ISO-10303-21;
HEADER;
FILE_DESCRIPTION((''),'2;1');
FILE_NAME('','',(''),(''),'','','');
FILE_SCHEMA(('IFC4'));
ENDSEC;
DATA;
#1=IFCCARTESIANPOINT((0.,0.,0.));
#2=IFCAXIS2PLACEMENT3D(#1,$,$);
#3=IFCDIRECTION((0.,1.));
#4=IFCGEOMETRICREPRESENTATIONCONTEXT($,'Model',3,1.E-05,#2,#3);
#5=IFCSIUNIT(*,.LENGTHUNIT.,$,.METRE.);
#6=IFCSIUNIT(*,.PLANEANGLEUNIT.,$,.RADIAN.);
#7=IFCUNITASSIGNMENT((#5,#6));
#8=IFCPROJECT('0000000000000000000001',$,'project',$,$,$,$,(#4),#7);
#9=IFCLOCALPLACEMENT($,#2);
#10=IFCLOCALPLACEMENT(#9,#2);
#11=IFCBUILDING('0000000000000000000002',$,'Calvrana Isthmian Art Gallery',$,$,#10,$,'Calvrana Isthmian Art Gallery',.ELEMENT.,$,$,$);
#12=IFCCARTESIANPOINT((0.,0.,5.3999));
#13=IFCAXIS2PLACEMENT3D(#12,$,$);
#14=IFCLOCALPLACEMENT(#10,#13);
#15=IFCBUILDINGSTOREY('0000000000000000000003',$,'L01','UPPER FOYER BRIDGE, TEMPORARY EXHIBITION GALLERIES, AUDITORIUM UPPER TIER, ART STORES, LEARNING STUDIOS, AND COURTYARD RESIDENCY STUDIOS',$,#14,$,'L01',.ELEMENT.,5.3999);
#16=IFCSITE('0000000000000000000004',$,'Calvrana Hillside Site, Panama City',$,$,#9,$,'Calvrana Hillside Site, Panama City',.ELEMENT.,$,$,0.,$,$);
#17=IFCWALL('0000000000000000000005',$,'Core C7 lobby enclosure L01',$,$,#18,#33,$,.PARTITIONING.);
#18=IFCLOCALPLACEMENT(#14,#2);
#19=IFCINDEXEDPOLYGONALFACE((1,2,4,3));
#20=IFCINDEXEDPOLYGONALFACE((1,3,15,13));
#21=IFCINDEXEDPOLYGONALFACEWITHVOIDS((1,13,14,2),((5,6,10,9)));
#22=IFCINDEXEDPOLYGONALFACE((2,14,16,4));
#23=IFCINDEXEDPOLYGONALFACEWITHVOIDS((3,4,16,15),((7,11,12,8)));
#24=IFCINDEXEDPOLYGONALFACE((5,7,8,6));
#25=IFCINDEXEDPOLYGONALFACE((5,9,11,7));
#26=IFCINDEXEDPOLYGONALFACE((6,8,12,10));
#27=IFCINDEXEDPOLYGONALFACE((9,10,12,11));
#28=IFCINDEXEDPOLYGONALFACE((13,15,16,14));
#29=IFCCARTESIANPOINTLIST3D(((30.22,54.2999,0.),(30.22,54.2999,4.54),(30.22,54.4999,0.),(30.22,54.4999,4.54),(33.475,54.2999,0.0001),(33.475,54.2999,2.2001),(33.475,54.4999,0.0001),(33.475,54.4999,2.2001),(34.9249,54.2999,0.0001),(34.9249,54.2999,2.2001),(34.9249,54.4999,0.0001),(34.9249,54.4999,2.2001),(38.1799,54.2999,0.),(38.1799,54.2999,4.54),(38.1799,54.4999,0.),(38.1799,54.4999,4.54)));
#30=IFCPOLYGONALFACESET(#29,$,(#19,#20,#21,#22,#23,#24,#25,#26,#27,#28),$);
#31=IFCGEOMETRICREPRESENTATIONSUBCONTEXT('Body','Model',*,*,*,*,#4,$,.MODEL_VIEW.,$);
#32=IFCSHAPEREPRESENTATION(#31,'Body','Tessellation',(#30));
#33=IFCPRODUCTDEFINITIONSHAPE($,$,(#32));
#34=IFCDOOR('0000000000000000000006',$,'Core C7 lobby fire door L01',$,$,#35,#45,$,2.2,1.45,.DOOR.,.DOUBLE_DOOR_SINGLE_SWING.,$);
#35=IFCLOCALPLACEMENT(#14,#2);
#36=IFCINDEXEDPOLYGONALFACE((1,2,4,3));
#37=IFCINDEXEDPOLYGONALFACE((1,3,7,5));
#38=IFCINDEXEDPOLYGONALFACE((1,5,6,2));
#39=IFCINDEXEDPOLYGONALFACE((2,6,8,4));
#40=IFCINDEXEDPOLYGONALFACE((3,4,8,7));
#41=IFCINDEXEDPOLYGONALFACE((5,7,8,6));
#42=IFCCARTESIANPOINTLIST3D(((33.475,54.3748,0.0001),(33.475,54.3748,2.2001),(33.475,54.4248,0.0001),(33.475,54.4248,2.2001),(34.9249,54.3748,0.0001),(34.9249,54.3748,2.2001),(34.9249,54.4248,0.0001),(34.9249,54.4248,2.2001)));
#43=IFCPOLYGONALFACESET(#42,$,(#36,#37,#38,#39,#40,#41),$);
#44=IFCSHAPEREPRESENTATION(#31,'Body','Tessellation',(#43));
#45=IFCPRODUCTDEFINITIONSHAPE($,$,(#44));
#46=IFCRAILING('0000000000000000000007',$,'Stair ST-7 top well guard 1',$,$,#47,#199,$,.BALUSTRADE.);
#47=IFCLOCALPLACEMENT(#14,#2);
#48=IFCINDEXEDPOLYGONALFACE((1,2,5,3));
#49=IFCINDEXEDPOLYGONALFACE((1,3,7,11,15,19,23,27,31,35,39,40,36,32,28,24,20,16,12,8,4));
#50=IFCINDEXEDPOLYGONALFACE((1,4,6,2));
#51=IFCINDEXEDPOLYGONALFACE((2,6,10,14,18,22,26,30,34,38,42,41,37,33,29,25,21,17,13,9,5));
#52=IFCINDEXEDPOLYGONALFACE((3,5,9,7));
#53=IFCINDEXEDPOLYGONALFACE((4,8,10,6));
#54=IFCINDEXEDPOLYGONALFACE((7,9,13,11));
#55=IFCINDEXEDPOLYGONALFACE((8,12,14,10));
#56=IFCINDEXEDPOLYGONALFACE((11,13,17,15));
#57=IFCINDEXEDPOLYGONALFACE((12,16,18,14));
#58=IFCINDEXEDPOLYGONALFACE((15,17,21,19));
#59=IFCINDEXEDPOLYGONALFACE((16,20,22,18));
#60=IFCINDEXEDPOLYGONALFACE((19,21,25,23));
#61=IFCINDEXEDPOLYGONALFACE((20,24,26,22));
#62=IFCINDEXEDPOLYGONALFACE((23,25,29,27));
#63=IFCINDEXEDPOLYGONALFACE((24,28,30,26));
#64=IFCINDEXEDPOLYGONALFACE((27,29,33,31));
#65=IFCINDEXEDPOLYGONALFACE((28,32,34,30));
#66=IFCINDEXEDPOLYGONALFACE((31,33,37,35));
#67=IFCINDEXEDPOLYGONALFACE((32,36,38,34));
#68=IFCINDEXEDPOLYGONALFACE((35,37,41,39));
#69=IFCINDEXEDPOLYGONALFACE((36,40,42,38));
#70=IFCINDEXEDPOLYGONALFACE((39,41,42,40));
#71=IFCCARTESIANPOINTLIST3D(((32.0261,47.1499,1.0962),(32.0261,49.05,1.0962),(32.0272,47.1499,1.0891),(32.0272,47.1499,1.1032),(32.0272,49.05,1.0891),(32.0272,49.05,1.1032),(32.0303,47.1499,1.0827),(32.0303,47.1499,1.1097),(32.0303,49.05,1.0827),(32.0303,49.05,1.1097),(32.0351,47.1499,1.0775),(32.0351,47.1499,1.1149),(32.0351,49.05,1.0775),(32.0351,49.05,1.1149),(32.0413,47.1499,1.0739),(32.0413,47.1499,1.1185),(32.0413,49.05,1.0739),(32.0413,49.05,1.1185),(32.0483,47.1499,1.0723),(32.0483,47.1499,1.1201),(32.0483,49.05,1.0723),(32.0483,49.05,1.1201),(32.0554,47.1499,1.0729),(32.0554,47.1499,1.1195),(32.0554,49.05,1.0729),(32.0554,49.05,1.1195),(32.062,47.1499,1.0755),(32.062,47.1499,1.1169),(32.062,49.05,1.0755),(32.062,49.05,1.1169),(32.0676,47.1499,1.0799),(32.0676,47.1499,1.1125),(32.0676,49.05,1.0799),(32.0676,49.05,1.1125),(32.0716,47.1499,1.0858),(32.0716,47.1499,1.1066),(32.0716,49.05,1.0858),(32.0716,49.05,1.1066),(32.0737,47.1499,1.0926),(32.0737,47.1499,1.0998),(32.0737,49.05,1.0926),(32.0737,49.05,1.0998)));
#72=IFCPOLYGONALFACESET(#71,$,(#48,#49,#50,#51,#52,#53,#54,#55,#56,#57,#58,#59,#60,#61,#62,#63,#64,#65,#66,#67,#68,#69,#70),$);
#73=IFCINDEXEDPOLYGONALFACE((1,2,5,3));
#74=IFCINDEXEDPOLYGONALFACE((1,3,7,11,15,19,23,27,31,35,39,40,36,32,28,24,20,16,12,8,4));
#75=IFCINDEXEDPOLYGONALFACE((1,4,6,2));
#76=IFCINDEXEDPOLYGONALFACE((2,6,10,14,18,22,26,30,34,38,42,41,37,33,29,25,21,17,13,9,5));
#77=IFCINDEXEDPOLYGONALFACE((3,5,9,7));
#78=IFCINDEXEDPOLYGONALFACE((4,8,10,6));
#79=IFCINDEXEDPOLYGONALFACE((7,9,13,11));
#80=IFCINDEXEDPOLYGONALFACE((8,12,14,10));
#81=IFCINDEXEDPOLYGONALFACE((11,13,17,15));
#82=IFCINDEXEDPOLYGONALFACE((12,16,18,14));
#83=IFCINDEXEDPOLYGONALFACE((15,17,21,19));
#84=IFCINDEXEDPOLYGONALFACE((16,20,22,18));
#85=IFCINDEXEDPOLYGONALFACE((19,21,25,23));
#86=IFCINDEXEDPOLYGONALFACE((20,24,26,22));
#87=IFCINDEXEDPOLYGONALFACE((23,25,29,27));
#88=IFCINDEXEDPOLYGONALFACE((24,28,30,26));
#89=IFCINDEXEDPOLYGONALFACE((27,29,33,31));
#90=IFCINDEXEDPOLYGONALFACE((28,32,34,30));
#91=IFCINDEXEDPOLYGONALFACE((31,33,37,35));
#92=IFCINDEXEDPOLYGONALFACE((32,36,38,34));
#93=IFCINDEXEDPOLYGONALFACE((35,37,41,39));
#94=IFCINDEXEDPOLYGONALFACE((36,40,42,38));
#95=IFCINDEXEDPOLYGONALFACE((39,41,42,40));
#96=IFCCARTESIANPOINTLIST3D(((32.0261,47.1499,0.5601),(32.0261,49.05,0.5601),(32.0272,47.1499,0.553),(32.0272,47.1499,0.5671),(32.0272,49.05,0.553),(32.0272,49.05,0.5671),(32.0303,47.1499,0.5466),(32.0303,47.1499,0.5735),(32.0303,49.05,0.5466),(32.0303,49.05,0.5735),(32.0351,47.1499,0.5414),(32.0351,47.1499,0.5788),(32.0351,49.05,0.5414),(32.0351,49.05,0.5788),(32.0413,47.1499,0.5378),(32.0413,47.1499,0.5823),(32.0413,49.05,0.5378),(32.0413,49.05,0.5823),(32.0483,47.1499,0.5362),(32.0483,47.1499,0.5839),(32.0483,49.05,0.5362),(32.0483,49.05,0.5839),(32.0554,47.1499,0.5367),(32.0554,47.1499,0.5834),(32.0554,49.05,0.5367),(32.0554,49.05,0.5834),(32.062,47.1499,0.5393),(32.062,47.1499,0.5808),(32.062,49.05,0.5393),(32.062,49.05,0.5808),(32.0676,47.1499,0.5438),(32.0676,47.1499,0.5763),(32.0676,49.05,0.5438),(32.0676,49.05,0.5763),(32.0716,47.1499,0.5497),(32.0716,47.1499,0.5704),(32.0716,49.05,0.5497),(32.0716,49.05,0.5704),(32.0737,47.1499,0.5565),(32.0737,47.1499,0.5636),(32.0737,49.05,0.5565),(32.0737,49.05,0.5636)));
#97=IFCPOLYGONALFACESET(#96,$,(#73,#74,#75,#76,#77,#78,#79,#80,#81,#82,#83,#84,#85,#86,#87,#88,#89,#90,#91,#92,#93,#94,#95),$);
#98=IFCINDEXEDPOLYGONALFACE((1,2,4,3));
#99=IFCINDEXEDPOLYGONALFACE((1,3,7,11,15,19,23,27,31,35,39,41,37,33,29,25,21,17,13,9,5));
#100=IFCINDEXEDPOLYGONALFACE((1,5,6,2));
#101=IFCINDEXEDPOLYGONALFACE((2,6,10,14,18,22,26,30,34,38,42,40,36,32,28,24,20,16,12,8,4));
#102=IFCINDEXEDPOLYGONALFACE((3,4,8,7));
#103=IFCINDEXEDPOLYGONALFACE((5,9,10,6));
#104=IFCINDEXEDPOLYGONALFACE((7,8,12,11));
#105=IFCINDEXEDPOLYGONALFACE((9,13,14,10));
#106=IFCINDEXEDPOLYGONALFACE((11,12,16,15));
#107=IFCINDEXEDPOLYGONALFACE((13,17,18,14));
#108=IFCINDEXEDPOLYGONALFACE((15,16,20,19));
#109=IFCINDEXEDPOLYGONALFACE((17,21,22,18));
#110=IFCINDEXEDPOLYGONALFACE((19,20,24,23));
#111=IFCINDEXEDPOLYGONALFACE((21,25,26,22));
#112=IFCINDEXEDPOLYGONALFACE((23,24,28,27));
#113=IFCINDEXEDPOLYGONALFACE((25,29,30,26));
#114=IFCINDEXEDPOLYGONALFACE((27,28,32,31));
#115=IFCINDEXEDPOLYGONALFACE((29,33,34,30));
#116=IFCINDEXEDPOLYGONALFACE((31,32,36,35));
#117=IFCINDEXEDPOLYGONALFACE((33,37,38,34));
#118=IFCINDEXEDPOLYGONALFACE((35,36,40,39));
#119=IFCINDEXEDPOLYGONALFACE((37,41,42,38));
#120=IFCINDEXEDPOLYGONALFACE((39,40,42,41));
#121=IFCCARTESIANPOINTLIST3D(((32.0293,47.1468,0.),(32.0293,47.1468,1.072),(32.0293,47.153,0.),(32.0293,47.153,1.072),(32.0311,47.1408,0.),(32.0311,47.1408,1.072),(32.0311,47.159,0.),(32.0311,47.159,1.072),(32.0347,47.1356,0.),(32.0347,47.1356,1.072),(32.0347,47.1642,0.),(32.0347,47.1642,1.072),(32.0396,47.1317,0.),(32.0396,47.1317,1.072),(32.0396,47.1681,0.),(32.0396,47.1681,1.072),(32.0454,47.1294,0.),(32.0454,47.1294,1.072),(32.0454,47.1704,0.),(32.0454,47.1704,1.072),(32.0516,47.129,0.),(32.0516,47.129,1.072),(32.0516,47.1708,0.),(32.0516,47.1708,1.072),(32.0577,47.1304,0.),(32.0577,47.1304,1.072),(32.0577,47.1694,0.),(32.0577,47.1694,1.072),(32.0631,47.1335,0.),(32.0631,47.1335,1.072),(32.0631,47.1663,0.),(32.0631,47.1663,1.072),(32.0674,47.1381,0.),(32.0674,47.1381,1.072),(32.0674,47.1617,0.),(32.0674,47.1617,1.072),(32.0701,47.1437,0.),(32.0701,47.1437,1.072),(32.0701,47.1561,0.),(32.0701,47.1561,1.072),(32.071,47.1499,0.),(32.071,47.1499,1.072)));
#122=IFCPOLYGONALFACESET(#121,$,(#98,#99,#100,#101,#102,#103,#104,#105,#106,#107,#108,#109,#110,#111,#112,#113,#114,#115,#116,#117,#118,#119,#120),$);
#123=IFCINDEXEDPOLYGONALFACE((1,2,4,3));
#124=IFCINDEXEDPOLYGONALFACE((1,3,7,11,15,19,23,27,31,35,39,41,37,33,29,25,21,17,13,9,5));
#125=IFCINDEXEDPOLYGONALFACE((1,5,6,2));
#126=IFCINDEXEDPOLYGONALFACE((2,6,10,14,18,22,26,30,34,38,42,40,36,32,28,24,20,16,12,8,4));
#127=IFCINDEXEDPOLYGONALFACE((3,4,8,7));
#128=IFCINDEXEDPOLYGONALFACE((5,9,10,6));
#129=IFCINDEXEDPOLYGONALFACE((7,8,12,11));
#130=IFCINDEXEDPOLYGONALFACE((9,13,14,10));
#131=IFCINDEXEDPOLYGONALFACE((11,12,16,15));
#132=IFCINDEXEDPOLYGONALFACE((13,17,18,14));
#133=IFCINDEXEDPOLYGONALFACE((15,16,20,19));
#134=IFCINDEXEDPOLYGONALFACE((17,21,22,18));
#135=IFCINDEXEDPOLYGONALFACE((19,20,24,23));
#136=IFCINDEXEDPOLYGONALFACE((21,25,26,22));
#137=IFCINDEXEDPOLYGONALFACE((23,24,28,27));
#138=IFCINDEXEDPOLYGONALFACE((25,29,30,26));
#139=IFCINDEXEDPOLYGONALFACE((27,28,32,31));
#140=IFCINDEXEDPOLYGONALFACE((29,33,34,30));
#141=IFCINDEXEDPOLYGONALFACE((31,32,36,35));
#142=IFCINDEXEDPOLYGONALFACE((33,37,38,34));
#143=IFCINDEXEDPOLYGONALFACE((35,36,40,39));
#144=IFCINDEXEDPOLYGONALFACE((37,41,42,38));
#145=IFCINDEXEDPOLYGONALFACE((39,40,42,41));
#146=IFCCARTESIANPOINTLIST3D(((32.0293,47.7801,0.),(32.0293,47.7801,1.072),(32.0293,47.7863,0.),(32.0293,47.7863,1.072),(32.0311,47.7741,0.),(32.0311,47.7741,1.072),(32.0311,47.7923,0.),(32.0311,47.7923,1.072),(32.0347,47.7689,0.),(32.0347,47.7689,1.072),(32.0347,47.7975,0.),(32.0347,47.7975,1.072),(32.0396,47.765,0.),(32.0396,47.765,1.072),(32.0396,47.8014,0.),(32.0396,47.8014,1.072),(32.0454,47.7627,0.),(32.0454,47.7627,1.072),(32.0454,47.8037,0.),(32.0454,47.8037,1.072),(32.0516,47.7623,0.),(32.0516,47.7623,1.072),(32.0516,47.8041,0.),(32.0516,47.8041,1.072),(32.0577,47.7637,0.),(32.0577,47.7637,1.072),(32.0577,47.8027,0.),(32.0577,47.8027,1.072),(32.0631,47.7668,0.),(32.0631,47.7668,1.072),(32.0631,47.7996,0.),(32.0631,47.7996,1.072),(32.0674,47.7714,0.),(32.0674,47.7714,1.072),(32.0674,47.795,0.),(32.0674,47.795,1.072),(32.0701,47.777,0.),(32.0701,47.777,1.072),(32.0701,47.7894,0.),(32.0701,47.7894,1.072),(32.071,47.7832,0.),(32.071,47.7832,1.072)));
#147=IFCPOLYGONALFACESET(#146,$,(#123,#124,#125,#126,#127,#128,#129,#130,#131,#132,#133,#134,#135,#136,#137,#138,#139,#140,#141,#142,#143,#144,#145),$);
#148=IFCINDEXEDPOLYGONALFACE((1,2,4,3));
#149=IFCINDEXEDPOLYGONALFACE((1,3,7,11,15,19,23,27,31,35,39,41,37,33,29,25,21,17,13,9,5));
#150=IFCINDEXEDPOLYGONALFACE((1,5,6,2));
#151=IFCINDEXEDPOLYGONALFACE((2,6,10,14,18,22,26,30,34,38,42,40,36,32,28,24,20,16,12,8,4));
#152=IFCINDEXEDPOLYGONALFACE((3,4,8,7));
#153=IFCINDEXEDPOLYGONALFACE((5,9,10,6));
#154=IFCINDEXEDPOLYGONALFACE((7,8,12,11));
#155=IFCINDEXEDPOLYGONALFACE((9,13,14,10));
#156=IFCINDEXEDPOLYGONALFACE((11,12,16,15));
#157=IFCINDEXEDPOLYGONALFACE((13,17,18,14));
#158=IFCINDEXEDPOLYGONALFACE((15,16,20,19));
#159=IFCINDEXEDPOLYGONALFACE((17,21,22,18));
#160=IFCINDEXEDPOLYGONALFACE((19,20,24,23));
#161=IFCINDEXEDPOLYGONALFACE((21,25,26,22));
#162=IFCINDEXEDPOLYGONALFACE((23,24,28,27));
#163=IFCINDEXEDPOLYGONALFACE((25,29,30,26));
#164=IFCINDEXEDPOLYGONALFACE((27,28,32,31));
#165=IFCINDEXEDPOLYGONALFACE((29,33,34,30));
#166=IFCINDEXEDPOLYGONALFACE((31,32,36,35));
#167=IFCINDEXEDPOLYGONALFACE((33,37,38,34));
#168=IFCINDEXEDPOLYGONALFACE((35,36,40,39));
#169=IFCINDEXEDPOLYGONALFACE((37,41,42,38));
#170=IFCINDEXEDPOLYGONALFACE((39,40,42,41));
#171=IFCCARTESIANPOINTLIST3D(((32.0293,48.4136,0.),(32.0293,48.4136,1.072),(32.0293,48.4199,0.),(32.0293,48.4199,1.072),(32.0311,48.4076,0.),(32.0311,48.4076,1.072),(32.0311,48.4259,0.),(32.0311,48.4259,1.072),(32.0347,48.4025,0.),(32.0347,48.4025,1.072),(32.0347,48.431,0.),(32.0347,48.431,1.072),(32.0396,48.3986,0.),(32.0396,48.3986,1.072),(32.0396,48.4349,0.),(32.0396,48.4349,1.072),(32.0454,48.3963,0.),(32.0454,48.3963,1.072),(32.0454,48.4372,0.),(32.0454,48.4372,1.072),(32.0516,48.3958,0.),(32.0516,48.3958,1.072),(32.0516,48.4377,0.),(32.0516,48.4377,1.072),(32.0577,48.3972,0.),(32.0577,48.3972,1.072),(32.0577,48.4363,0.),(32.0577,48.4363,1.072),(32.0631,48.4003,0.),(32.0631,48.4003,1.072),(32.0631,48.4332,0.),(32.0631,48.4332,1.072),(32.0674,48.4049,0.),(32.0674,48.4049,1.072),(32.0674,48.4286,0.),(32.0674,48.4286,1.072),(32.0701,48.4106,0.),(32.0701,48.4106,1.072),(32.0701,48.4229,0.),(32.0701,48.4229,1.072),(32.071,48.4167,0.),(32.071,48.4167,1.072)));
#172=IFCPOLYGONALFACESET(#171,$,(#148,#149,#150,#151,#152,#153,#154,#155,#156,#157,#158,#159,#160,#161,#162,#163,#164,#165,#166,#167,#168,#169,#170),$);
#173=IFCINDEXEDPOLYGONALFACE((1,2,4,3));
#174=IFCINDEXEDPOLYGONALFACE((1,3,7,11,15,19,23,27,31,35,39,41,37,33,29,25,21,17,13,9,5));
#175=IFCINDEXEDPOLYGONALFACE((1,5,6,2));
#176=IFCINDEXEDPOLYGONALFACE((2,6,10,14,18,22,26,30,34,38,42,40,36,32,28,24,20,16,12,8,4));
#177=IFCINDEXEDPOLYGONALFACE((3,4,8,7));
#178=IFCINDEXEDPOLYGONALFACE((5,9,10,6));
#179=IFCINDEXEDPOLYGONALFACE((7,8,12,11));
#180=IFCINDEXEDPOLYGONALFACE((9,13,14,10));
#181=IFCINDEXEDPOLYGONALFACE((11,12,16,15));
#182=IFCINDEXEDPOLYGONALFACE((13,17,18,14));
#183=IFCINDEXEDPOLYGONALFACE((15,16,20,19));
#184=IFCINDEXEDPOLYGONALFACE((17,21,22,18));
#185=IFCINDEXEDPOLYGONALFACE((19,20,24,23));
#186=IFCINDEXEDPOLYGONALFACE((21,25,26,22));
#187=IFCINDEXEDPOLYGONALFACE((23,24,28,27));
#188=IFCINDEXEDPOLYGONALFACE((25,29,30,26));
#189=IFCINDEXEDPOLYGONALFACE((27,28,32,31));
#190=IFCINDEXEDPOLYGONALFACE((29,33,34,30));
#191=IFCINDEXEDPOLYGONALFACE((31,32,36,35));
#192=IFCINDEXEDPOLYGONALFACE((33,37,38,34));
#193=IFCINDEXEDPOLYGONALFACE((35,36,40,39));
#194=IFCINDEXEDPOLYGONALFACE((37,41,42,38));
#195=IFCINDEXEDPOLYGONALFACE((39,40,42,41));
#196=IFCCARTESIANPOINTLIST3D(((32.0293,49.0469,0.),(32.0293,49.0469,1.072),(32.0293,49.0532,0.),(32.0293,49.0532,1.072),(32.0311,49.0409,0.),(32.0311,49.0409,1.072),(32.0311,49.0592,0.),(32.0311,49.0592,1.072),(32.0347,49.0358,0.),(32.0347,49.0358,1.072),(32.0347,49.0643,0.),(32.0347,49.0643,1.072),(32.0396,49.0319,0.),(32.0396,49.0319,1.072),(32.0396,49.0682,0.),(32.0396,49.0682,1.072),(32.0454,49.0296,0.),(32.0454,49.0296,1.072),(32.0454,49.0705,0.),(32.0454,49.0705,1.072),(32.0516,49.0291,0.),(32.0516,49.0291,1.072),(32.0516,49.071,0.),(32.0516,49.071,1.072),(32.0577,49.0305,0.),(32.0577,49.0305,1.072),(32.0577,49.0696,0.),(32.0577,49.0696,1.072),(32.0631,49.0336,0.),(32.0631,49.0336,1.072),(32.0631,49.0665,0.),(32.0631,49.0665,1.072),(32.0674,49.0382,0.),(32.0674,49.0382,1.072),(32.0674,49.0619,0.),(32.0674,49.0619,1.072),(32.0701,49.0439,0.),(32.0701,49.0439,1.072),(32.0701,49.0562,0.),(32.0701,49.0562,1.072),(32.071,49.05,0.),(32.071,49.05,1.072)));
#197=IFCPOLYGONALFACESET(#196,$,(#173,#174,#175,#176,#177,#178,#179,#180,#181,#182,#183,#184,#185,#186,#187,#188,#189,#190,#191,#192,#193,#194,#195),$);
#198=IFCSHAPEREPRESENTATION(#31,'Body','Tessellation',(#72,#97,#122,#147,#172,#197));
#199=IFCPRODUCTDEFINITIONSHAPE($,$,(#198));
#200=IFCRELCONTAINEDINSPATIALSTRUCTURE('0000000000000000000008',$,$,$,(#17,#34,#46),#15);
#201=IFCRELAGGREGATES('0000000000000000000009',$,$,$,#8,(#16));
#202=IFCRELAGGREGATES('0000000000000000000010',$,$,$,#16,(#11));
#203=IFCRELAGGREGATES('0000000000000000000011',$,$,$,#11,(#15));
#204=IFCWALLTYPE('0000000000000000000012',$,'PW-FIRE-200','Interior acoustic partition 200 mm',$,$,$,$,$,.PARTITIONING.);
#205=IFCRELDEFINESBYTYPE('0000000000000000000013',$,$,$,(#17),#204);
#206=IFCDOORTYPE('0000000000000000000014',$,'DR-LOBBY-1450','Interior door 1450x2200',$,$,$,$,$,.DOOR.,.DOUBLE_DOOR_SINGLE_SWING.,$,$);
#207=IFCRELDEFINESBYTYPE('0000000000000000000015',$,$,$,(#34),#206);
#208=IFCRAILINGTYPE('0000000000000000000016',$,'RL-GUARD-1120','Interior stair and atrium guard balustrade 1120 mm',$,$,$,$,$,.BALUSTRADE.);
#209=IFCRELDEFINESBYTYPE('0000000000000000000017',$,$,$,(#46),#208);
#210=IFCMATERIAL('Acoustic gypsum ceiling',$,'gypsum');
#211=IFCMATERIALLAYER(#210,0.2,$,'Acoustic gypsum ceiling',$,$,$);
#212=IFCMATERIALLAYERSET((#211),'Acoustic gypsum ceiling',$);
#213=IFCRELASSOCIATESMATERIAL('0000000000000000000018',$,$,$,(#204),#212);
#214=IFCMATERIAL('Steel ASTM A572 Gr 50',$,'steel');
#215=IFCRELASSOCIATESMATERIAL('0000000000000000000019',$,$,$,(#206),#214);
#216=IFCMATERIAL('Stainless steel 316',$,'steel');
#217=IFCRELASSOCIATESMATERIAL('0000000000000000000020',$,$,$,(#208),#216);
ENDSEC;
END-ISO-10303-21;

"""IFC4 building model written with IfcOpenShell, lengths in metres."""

from ifc_helpers import new_model, si_unit, direction, frame, frame_2d, origin, origin_2d, place, context, subcontext, project, spatial, rectangle, circle, extrude, material, layer, layer_set, type_object, element, fill, save


model = new_model("IFC4")

# Units and contexts
model_context = context("Model", 3, precision=1e-05, world=origin(), true_north=direction((0.0, 1.0)))
body_context = subcontext(model_context, "Body", "Model", "MODEL_VIEW")
ifc_project = project(units=[si_unit("LENGTHUNIT", "METRE"), si_unit("PLANEANGLEUNIT", "RADIAN")], contexts=[model_context])

# Site, building, storey
site_placement = place(None, origin())
site = spatial("IfcSite", under=ifc_project, at=site_placement, Name="Calvrana Hillside Site, Panama City", LongName="Calvrana Hillside Site, Panama City", CompositionType="ELEMENT", RefElevation=0.0)
building_placement = place(site_placement, origin())
building = spatial("IfcBuilding", under=site, at=building_placement, Name="Calvrana Isthmian Art Gallery", LongName="Calvrana Isthmian Art Gallery", CompositionType="ELEMENT")
storey_placement = place(building_placement, frame((0.0, 0.0, 5.3999)))
storey = spatial("IfcBuildingStorey", under=building, at=storey_placement, Name="L01", Description="UPPER FOYER BRIDGE, TEMPORARY EXHIBITION GALLERIES, AUDITORIUM UPPER TIER, ART STORES, LEARNING STUDIOS, AND COURTYARD RESIDENCY STUDIOS", LongName="L01", CompositionType="ELEMENT", Elevation=5.3999)

# Shared definitions
ifc_material_1 = material(Name="Steel ASTM A572 Gr 50", Category="steel")

# Shared definitions
ifc_material_2 = material(Name="Acoustic gypsum ceiling", Category="gypsum")
ifc_layer_1 = layer(ifc_material_2, 0.2, Name="Acoustic gypsum ceiling")
ifc_layer_set_1 = layer_set([ifc_layer_1], Name="Acoustic gypsum ceiling")
wall_type_1 = type_object("IfcWallType", Name="PW-FIRE-200", Description="Interior acoustic partition 200 mm", PredefinedType="PARTITIONING", material=ifc_layer_set_1)

# Wall, opening, door
wall_1_placement = place(storey_placement, frame((30.22, 54.3999, 0.0), z_axis=(0.0, 0.0, 1.0), x_axis=(1.0, 0.0, 0.0)))
wall_1 = element("IfcWall", 1, at=wall_1_placement, inside=storey, type_object=wall_type_1, Name="Core C7 lobby enclosure L01", PredefinedType="PARTITIONING", context=body_context, shape_type="SweptSolid", body=[
    extrude(rectangle(XDim=7.96, YDim=0.2, at=frame_2d((3.98, 0.0))), origin(), (0.0, 0.0, 1.0), 4.54),
])
opening_1_placement = place(wall_1_placement, frame((3.2549, 0.0, 0.0)))
opening_1 = element("IfcOpeningElement", 2, at=opening_1_placement, cuts=wall_1, PredefinedType="OPENING", context=body_context, shape_type="SweptSolid", body=[
    extrude(rectangle(XDim=1.45, YDim=2.2, at=frame_2d((0.7251, 1.1001))), frame((0.0, 0.1104, 0.0), z_axis=(0.0, -1.0, 0.0), x_axis=(1.0, 0.0, 0.0)), (0.0, 0.0, 1.0), 0.2205),
])
door_type_1 = type_object("IfcDoorType", Name="DR-LOBBY-1450", Description="Interior door 1450x2200", OperationType="DOUBLE_DOOR_SINGLE_SWING", PredefinedType="DOOR", material=ifc_material_1)
door_1_placement = place(opening_1_placement, origin())
door_1 = element("IfcDoor", 3, at=door_1_placement, inside=storey, type_object=door_type_1, Name="Core C7 lobby fire door L01", OperationType="DOUBLE_DOOR_SINGLE_SWING", OverallHeight=2.2, OverallWidth=1.45, PredefinedType="DOOR", context=body_context, shape_type="SweptSolid", body=[
    extrude(rectangle(XDim=1.45, YDim=2.2, at=frame_2d((0.7251, 1.1001))), frame((0.0, 0.0249, 0.0), z_axis=(0.0, -1.0, 0.0), x_axis=(1.0, 0.0, 0.0)), (0.0, 0.0, 1.0), 0.05),
])
fill(opening_1, door_1)

# Railing
ifc_material_3 = material(Name="Stainless steel 316", Category="steel")
railing_type = type_object("IfcRailingType", Name="RL-GUARD-1120", Description="Interior stair and atrium guard balustrade 1120 mm", PredefinedType="BALUSTRADE", material=ifc_material_3)
railing_placement = place(storey_placement, frame((32.05, 47.1499, 0.0)))
element("IfcRailing", 4, at=railing_placement, inside=storey, type_object=railing_type, Name="Stair ST-7 top well guard 1", PredefinedType="BALUSTRADE", context=body_context, shape_type="SweptSolid", body=[
    extrude(circle(Radius=0.0239, at=origin_2d()), frame((0.0, 0.0, 1.0962), z_axis=(0.0, 1.0, 0.0), x_axis=(-1.0, 0.0, 0.0)), (0.0, 0.0, 1.0), 1.9001),
    extrude(circle(Radius=0.0239, at=origin_2d()), frame((0.0, 0.0, 0.5601), z_axis=(0.0, 1.0, 0.0), x_axis=(-1.0, 0.0, 0.0)), (0.0, 0.0, 1.0), 1.9001),
    extrude(circle(Radius=0.021, at=origin_2d()), origin(), (0.0, 0.0, 1.0), 1.072),
    extrude(circle(Radius=0.021, at=origin_2d()), frame((0.0, 0.6333, 0.0)), (0.0, 0.0, 1.0), 1.072),
    extrude(circle(Radius=0.021, at=origin_2d()), frame((0.0, 1.2668, 0.0)), (0.0, 0.0, 1.0), 1.072),
    extrude(circle(Radius=0.021, at=origin_2d()), frame((0.0, 1.9001, 0.0)), (0.0, 0.0, 1.0), 1.072),
])

save(model, "model.ifc")
